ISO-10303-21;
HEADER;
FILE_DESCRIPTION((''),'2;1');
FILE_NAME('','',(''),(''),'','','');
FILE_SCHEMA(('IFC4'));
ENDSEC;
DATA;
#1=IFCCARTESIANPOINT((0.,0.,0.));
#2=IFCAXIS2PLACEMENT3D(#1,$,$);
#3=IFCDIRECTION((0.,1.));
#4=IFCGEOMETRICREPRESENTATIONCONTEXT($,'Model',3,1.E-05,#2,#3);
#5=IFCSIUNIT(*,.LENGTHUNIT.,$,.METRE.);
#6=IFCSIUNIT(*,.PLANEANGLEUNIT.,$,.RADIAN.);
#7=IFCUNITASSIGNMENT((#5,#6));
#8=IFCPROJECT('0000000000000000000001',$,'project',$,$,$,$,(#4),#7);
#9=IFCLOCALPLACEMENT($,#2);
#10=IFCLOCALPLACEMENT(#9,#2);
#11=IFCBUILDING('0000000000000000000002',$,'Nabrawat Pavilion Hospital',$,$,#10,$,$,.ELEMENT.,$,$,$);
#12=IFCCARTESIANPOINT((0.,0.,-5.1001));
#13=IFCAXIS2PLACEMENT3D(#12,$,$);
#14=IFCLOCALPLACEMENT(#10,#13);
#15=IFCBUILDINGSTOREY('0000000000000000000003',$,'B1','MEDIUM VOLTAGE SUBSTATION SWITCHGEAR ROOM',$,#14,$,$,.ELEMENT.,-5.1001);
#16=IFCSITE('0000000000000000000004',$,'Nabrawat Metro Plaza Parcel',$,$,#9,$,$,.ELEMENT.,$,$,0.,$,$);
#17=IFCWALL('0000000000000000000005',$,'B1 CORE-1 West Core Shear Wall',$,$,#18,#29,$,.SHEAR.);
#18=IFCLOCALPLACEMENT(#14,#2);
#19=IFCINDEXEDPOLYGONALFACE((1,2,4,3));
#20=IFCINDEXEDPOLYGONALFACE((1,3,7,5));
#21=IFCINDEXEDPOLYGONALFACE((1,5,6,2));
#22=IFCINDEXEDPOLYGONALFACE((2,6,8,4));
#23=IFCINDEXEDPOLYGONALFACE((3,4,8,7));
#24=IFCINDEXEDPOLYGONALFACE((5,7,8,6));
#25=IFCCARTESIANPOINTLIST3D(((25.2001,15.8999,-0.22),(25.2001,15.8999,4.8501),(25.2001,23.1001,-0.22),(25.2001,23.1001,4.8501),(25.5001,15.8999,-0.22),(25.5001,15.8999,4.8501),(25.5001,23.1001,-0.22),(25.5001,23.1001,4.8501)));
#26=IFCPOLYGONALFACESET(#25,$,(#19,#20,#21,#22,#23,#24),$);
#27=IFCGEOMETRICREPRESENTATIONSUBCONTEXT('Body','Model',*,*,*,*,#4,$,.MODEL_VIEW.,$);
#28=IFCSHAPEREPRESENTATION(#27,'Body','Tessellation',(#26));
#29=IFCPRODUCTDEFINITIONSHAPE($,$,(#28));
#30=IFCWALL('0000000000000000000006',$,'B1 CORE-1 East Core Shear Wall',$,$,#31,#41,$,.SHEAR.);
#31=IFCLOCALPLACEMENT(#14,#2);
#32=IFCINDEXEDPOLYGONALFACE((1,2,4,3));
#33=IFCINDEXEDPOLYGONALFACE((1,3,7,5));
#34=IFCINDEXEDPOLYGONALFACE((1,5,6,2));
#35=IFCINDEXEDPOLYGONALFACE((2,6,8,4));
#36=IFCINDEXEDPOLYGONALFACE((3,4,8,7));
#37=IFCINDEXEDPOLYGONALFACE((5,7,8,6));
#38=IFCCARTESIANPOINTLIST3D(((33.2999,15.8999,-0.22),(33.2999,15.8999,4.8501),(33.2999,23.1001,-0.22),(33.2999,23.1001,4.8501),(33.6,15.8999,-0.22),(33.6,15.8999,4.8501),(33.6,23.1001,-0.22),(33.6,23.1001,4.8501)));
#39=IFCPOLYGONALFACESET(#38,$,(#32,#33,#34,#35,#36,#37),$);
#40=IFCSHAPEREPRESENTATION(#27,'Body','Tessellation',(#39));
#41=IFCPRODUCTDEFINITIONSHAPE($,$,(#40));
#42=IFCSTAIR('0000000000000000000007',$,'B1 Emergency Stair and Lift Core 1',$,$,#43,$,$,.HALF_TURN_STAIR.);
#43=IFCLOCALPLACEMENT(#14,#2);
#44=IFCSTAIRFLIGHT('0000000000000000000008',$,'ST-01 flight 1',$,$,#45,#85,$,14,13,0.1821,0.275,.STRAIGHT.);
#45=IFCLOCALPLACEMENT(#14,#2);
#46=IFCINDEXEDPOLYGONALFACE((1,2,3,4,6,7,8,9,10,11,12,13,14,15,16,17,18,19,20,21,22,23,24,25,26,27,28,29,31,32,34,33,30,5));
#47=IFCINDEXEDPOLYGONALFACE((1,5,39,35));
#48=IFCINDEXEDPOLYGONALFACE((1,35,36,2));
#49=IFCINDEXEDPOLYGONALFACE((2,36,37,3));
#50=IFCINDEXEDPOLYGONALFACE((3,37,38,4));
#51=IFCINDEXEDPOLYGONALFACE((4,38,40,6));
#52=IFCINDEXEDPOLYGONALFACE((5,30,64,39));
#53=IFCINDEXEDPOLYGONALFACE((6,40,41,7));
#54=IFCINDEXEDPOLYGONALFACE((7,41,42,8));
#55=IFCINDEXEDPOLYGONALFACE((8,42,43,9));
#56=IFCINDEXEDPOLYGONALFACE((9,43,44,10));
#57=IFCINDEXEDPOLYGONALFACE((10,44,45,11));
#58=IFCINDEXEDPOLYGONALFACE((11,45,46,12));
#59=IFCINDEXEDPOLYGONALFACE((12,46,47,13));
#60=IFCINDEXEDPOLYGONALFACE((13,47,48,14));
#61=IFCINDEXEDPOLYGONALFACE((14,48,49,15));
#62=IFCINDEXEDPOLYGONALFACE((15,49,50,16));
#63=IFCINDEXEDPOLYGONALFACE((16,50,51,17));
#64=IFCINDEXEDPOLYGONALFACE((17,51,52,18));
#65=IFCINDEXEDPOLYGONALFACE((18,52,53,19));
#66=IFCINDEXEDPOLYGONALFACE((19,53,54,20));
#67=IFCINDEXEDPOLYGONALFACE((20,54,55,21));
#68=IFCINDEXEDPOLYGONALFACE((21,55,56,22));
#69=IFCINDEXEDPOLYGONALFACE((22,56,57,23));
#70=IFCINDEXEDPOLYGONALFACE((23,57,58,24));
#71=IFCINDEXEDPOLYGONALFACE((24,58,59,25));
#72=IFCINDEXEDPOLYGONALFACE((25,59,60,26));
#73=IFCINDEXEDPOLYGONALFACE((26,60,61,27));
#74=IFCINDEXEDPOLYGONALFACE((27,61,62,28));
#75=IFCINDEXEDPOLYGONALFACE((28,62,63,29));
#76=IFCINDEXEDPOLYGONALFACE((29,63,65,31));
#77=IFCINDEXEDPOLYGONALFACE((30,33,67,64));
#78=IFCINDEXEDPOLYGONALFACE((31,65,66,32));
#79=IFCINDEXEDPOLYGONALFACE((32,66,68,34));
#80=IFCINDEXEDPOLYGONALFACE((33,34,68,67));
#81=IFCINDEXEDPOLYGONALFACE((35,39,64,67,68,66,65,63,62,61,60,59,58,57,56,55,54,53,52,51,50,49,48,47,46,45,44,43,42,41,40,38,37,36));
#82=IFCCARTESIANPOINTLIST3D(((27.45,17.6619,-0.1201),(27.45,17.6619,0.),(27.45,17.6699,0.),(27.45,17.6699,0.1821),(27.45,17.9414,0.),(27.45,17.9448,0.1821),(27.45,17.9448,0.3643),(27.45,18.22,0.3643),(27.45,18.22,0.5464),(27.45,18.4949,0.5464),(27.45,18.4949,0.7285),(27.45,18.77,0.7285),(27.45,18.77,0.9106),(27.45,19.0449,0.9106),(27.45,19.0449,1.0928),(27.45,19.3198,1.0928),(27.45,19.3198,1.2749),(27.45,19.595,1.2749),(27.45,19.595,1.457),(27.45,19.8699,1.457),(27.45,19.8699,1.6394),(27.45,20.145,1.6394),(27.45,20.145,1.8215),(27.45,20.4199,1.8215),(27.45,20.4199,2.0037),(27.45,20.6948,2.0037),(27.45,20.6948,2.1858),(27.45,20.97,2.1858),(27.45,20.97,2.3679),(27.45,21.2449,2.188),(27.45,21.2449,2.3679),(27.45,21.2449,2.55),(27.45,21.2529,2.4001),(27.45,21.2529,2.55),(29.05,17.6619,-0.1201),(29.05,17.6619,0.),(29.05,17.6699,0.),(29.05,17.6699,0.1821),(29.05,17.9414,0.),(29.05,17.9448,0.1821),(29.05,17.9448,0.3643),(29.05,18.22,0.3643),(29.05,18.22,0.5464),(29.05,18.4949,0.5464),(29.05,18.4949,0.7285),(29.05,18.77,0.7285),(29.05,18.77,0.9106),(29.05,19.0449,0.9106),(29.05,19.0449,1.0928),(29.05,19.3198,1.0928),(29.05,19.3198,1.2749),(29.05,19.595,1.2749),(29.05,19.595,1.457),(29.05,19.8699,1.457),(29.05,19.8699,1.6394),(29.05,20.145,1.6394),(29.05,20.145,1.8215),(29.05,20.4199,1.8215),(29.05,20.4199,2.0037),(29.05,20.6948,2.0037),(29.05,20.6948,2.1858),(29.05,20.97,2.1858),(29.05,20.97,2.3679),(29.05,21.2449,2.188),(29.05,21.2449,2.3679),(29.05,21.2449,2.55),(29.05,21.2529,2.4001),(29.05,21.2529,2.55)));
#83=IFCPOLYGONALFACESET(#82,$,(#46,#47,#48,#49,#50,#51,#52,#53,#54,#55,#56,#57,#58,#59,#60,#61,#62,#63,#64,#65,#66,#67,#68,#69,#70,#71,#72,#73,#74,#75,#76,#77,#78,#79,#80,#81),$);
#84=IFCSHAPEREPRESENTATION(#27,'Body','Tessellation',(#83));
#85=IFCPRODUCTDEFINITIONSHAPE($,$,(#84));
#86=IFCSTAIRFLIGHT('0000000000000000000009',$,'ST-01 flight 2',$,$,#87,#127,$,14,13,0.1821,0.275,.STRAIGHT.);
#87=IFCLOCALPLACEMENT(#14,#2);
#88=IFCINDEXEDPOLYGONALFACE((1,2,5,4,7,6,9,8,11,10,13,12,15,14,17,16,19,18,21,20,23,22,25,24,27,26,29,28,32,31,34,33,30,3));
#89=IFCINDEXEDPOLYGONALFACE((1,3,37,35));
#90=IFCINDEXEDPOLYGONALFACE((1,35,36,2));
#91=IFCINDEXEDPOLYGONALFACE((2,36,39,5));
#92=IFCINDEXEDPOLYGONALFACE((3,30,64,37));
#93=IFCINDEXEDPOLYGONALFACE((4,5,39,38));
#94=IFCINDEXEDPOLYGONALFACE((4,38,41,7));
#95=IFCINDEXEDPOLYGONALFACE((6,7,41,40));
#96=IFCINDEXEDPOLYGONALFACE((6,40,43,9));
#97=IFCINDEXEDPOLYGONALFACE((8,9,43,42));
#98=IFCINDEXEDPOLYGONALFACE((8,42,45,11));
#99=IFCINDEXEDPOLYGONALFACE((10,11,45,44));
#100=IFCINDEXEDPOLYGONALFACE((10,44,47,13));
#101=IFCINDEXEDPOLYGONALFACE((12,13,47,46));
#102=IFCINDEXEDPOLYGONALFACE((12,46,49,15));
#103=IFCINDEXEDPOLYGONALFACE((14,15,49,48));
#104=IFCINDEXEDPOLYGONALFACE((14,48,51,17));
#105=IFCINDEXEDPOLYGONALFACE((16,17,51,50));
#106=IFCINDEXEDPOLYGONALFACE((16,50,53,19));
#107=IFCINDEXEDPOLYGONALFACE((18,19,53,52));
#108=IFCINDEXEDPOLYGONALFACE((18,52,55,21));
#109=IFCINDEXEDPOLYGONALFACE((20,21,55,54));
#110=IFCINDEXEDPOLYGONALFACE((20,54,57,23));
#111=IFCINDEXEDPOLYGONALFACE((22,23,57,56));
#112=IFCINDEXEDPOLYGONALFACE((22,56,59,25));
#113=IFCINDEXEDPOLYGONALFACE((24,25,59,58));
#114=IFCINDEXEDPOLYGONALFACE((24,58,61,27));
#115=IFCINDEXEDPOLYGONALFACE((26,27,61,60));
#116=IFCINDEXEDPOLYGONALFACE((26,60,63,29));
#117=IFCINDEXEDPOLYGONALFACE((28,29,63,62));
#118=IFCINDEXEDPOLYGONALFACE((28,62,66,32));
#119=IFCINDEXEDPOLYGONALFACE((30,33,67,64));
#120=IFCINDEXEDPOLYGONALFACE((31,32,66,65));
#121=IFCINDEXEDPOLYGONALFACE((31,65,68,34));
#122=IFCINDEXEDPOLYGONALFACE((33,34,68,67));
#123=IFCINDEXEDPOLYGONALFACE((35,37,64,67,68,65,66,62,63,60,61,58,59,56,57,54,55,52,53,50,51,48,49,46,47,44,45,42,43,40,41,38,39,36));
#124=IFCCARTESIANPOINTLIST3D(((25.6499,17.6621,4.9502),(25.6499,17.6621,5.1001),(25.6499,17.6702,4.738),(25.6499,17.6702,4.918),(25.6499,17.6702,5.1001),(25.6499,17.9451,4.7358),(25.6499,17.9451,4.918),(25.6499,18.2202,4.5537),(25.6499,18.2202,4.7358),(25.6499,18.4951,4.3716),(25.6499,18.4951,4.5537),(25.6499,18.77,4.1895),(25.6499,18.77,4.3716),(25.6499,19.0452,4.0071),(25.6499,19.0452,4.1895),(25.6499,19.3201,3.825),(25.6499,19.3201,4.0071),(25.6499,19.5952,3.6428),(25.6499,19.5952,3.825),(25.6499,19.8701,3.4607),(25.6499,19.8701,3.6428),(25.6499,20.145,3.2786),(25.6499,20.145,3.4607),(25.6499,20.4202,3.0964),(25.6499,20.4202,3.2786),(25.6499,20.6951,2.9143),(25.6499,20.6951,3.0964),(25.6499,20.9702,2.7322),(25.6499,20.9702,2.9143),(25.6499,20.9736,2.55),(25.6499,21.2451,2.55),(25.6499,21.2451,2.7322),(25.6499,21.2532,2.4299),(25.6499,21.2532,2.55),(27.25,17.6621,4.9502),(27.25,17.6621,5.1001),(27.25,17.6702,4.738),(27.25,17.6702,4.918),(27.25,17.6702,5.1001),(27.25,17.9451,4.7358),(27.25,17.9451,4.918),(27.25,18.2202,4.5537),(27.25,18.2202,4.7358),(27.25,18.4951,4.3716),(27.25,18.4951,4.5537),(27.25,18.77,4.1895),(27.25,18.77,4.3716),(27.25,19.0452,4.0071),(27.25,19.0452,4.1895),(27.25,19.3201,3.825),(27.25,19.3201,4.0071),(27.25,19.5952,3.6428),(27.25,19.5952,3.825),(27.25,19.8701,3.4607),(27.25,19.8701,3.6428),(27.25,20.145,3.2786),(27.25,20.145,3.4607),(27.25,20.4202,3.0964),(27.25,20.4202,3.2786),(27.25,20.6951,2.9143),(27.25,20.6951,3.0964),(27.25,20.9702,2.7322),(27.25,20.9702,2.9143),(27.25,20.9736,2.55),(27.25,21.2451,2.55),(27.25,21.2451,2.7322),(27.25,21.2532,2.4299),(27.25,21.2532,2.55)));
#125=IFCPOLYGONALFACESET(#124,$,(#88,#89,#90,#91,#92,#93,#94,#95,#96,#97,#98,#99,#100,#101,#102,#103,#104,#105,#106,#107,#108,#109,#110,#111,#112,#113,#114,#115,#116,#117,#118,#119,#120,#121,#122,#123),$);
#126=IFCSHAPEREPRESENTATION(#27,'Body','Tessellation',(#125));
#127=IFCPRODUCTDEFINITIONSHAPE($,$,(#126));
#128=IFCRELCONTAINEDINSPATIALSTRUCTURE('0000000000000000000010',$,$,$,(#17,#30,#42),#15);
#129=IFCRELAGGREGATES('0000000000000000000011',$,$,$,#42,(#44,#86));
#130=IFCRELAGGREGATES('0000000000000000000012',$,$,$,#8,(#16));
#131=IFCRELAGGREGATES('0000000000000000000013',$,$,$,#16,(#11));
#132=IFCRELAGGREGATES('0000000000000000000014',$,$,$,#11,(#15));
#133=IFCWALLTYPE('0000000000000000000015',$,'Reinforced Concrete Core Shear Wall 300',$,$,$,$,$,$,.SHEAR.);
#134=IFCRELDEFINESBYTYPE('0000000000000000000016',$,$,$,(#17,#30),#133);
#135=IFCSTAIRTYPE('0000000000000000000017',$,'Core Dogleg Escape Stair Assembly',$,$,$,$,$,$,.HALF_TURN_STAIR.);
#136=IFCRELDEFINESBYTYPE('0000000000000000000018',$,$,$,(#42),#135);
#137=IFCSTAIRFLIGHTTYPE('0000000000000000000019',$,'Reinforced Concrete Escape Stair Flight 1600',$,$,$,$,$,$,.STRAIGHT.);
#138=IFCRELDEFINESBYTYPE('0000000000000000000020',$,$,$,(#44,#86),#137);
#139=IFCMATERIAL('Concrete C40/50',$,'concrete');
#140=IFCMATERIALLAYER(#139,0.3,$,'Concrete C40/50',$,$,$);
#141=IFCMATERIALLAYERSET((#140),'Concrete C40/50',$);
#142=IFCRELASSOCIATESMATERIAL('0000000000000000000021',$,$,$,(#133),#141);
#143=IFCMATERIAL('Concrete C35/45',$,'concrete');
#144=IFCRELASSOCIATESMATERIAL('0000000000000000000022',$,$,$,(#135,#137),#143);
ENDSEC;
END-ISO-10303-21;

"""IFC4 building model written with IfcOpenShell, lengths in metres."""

from ifc_helpers import new_model, si_unit, direction, frame, frame_2d, origin, place, context, subcontext, project, spatial, polyline, rectangle, outline, extrude, material, layer, layer_set, type_object, element, aggregate, save


model = new_model("IFC4")

# Units and contexts
model_context = context("Model", 3, precision=1e-05, world=origin(), true_north=direction((0.0, 1.0)))
body_context = subcontext(model_context, "Body", "Model", "MODEL_VIEW")
ifc_project = project(units=[si_unit("LENGTHUNIT", "METRE"), si_unit("PLANEANGLEUNIT", "RADIAN")], contexts=[model_context])

# Site, building, storey
site_placement = place(None, origin())
site = spatial("IfcSite", under=ifc_project, at=site_placement, Name="Nabrawat Metro Plaza Parcel", CompositionType="ELEMENT", RefElevation=0.0)
building_placement = place(site_placement, origin())
building = spatial("IfcBuilding", under=site, at=building_placement, Name="Nabrawat Pavilion Hospital", CompositionType="ELEMENT")
storey_placement = place(building_placement, frame((0.0, 0.0, -5.1001)))
storey = spatial("IfcBuildingStorey", under=building, at=storey_placement, Name="B1", Description="MEDIUM VOLTAGE SUBSTATION SWITCHGEAR ROOM", CompositionType="ELEMENT", Elevation=-5.1001)

# Shared definitions
ifc_material_1 = material(Name="Concrete C35/45", Category="concrete")

# Shared definitions
ifc_material_2 = material(Name="Concrete C40/50", Category="concrete")

# Shared definitions
ifc_layer_1 = layer(ifc_material_2, 0.3, Name="Concrete C40/50")
ifc_layer_set_1 = layer_set([ifc_layer_1], Name="Concrete C40/50")
wall_type_1 = type_object("IfcWallType", Name="Reinforced Concrete Core Shear Wall 300", PredefinedType="SHEAR", material=ifc_layer_set_1)

# Walls
for number, where, z_axis, x_axis, name in (
    (1, (25.3501, 15.8999, -0.22), (0.0, 0.0, 1.0), (0.0, 1.0, 0.0), "B1 CORE-1 West Core Shear Wall"),
    (2, (33.45, 15.8999, -0.22), (0.0, 0.0, 1.0), (0.0, 1.0, 0.0), "B1 CORE-1 East Core Shear Wall"),
):
    element("IfcWall", number, at=place(storey_placement, frame(where, z_axis=z_axis, x_axis=x_axis)), inside=storey, type_object=wall_type_1, Name=name, PredefinedType="SHEAR", context=body_context, shape_type="SweptSolid", body=[
        extrude(rectangle(XDim=7.2002, YDim=0.3, at=frame_2d((3.6001, 0.0))), origin(), (0.0, 0.0, 1.0), 5.0701),
    ])

# Stair, stair flights
stair_type = type_object("IfcStairType", Name="Core Dogleg Escape Stair Assembly", PredefinedType="HALF_TURN_STAIR", material=ifc_material_1)
stair_placement = place(storey_placement, origin())
stair = element("IfcStair", 3, at=stair_placement, inside=storey, type_object=stair_type, Name="B1 Emergency Stair and Lift Core 1", PredefinedType="HALF_TURN_STAIR")
stair_flight_type = type_object("IfcStairFlightType", Name="Reinforced Concrete Escape Stair Flight 1600", PredefinedType="STRAIGHT", material=ifc_material_1)
stair_flight_1_placement = place(storey_placement, frame((28.25, 17.6699, 0.0), z_axis=(0.0, 0.0, 1.0), x_axis=(0.0, 1.0, 0.0)))
stair_flight_1 = element("IfcStairFlight", 4, at=stair_flight_1_placement, type_object=stair_flight_type, Name="ST-01 flight 1", NumberOfRisers=14, NumberOfTreads=13, PredefinedType="STRAIGHT", RiserHeight=0.1821, TreadLength=0.275, context=body_context, shape_type="SweptSolid", body=[
    extrude(outline(polyline([(-0.0081, 0.0), (0.0, 0.0), (0.0, 0.1821), (0.2749, 0.1821), (0.2749, 0.3643), (0.55, 0.3643), (0.55, 0.5464), (0.825, 0.5464), (0.825, 0.7285), (1.1001, 0.7285), (1.1001, 0.9106), (1.375, 0.9106), (1.375, 1.0928), (1.6499, 1.0928), (1.6499, 1.2749), (1.925, 1.2749), (1.925, 1.457), (2.2, 1.457), (2.2, 1.6394), (2.4751, 1.6394), (2.4751, 1.8215), (2.75, 1.8215), (2.75, 2.0037), (3.0249, 2.0037), (3.0249, 2.1858), (3.3, 2.1858), (3.3, 2.3679), (3.575, 2.3679), (3.575, 2.55), (3.583, 2.55), (3.583, 2.4001), (3.575, 2.188), (0.2715, 0.0), (-0.0081, -0.1201), (-0.0081, 0.0)])), frame((0.0, 0.8, 0.0), z_axis=(0.0, -1.0, 0.0), x_axis=(1.0, 0.0, 0.0)), (0.0, 0.0, 1.0), 1.6001),
])
stair_flight_2_placement = place(storey_placement, frame((26.45, 21.2451, 2.55), z_axis=(0.0, 0.0, 1.0), x_axis=(0.0, -1.0, 0.0)))
stair_flight_2 = element("IfcStairFlight", 5, at=stair_flight_2_placement, type_object=stair_flight_type, Name="ST-01 flight 2", NumberOfRisers=14, NumberOfTreads=13, PredefinedType="STRAIGHT", RiserHeight=0.1821, TreadLength=0.275, context=body_context, shape_type="SweptSolid", body=[
    extrude(outline(polyline([(-0.0081, 0.0), (0.0, 0.0), (0.0, 0.1821), (0.2749, 0.1821), (0.2749, 0.3643), (0.55, 0.3643), (0.55, 0.5464), (0.825, 0.5464), (0.825, 0.7285), (1.1001, 0.7285), (1.1001, 0.9106), (1.375, 0.9106), (1.375, 1.0928), (1.6499, 1.0928), (1.6499, 1.2749), (1.925, 1.2749), (1.925, 1.457), (2.2, 1.457), (2.2, 1.6394), (2.4751, 1.6394), (2.4751, 1.8215), (2.75, 1.8215), (2.75, 2.0037), (3.0249, 2.0037), (3.0249, 2.1858), (3.3, 2.1858), (3.3, 2.3679), (3.575, 2.3679), (3.575, 2.55), (3.583, 2.55), (3.583, 2.4001), (3.575, 2.188), (0.2715, 0.0), (-0.0081, -0.1201), (-0.0081, 0.0)])), frame((0.0, 0.8, 0.0), z_axis=(0.0, -1.0, 0.0), x_axis=(1.0, 0.0, 0.0)), (0.0, 0.0, 1.0), 1.6001),
])
aggregate(stair, [stair_flight_1, stair_flight_2])

save(model, "model.ifc")
